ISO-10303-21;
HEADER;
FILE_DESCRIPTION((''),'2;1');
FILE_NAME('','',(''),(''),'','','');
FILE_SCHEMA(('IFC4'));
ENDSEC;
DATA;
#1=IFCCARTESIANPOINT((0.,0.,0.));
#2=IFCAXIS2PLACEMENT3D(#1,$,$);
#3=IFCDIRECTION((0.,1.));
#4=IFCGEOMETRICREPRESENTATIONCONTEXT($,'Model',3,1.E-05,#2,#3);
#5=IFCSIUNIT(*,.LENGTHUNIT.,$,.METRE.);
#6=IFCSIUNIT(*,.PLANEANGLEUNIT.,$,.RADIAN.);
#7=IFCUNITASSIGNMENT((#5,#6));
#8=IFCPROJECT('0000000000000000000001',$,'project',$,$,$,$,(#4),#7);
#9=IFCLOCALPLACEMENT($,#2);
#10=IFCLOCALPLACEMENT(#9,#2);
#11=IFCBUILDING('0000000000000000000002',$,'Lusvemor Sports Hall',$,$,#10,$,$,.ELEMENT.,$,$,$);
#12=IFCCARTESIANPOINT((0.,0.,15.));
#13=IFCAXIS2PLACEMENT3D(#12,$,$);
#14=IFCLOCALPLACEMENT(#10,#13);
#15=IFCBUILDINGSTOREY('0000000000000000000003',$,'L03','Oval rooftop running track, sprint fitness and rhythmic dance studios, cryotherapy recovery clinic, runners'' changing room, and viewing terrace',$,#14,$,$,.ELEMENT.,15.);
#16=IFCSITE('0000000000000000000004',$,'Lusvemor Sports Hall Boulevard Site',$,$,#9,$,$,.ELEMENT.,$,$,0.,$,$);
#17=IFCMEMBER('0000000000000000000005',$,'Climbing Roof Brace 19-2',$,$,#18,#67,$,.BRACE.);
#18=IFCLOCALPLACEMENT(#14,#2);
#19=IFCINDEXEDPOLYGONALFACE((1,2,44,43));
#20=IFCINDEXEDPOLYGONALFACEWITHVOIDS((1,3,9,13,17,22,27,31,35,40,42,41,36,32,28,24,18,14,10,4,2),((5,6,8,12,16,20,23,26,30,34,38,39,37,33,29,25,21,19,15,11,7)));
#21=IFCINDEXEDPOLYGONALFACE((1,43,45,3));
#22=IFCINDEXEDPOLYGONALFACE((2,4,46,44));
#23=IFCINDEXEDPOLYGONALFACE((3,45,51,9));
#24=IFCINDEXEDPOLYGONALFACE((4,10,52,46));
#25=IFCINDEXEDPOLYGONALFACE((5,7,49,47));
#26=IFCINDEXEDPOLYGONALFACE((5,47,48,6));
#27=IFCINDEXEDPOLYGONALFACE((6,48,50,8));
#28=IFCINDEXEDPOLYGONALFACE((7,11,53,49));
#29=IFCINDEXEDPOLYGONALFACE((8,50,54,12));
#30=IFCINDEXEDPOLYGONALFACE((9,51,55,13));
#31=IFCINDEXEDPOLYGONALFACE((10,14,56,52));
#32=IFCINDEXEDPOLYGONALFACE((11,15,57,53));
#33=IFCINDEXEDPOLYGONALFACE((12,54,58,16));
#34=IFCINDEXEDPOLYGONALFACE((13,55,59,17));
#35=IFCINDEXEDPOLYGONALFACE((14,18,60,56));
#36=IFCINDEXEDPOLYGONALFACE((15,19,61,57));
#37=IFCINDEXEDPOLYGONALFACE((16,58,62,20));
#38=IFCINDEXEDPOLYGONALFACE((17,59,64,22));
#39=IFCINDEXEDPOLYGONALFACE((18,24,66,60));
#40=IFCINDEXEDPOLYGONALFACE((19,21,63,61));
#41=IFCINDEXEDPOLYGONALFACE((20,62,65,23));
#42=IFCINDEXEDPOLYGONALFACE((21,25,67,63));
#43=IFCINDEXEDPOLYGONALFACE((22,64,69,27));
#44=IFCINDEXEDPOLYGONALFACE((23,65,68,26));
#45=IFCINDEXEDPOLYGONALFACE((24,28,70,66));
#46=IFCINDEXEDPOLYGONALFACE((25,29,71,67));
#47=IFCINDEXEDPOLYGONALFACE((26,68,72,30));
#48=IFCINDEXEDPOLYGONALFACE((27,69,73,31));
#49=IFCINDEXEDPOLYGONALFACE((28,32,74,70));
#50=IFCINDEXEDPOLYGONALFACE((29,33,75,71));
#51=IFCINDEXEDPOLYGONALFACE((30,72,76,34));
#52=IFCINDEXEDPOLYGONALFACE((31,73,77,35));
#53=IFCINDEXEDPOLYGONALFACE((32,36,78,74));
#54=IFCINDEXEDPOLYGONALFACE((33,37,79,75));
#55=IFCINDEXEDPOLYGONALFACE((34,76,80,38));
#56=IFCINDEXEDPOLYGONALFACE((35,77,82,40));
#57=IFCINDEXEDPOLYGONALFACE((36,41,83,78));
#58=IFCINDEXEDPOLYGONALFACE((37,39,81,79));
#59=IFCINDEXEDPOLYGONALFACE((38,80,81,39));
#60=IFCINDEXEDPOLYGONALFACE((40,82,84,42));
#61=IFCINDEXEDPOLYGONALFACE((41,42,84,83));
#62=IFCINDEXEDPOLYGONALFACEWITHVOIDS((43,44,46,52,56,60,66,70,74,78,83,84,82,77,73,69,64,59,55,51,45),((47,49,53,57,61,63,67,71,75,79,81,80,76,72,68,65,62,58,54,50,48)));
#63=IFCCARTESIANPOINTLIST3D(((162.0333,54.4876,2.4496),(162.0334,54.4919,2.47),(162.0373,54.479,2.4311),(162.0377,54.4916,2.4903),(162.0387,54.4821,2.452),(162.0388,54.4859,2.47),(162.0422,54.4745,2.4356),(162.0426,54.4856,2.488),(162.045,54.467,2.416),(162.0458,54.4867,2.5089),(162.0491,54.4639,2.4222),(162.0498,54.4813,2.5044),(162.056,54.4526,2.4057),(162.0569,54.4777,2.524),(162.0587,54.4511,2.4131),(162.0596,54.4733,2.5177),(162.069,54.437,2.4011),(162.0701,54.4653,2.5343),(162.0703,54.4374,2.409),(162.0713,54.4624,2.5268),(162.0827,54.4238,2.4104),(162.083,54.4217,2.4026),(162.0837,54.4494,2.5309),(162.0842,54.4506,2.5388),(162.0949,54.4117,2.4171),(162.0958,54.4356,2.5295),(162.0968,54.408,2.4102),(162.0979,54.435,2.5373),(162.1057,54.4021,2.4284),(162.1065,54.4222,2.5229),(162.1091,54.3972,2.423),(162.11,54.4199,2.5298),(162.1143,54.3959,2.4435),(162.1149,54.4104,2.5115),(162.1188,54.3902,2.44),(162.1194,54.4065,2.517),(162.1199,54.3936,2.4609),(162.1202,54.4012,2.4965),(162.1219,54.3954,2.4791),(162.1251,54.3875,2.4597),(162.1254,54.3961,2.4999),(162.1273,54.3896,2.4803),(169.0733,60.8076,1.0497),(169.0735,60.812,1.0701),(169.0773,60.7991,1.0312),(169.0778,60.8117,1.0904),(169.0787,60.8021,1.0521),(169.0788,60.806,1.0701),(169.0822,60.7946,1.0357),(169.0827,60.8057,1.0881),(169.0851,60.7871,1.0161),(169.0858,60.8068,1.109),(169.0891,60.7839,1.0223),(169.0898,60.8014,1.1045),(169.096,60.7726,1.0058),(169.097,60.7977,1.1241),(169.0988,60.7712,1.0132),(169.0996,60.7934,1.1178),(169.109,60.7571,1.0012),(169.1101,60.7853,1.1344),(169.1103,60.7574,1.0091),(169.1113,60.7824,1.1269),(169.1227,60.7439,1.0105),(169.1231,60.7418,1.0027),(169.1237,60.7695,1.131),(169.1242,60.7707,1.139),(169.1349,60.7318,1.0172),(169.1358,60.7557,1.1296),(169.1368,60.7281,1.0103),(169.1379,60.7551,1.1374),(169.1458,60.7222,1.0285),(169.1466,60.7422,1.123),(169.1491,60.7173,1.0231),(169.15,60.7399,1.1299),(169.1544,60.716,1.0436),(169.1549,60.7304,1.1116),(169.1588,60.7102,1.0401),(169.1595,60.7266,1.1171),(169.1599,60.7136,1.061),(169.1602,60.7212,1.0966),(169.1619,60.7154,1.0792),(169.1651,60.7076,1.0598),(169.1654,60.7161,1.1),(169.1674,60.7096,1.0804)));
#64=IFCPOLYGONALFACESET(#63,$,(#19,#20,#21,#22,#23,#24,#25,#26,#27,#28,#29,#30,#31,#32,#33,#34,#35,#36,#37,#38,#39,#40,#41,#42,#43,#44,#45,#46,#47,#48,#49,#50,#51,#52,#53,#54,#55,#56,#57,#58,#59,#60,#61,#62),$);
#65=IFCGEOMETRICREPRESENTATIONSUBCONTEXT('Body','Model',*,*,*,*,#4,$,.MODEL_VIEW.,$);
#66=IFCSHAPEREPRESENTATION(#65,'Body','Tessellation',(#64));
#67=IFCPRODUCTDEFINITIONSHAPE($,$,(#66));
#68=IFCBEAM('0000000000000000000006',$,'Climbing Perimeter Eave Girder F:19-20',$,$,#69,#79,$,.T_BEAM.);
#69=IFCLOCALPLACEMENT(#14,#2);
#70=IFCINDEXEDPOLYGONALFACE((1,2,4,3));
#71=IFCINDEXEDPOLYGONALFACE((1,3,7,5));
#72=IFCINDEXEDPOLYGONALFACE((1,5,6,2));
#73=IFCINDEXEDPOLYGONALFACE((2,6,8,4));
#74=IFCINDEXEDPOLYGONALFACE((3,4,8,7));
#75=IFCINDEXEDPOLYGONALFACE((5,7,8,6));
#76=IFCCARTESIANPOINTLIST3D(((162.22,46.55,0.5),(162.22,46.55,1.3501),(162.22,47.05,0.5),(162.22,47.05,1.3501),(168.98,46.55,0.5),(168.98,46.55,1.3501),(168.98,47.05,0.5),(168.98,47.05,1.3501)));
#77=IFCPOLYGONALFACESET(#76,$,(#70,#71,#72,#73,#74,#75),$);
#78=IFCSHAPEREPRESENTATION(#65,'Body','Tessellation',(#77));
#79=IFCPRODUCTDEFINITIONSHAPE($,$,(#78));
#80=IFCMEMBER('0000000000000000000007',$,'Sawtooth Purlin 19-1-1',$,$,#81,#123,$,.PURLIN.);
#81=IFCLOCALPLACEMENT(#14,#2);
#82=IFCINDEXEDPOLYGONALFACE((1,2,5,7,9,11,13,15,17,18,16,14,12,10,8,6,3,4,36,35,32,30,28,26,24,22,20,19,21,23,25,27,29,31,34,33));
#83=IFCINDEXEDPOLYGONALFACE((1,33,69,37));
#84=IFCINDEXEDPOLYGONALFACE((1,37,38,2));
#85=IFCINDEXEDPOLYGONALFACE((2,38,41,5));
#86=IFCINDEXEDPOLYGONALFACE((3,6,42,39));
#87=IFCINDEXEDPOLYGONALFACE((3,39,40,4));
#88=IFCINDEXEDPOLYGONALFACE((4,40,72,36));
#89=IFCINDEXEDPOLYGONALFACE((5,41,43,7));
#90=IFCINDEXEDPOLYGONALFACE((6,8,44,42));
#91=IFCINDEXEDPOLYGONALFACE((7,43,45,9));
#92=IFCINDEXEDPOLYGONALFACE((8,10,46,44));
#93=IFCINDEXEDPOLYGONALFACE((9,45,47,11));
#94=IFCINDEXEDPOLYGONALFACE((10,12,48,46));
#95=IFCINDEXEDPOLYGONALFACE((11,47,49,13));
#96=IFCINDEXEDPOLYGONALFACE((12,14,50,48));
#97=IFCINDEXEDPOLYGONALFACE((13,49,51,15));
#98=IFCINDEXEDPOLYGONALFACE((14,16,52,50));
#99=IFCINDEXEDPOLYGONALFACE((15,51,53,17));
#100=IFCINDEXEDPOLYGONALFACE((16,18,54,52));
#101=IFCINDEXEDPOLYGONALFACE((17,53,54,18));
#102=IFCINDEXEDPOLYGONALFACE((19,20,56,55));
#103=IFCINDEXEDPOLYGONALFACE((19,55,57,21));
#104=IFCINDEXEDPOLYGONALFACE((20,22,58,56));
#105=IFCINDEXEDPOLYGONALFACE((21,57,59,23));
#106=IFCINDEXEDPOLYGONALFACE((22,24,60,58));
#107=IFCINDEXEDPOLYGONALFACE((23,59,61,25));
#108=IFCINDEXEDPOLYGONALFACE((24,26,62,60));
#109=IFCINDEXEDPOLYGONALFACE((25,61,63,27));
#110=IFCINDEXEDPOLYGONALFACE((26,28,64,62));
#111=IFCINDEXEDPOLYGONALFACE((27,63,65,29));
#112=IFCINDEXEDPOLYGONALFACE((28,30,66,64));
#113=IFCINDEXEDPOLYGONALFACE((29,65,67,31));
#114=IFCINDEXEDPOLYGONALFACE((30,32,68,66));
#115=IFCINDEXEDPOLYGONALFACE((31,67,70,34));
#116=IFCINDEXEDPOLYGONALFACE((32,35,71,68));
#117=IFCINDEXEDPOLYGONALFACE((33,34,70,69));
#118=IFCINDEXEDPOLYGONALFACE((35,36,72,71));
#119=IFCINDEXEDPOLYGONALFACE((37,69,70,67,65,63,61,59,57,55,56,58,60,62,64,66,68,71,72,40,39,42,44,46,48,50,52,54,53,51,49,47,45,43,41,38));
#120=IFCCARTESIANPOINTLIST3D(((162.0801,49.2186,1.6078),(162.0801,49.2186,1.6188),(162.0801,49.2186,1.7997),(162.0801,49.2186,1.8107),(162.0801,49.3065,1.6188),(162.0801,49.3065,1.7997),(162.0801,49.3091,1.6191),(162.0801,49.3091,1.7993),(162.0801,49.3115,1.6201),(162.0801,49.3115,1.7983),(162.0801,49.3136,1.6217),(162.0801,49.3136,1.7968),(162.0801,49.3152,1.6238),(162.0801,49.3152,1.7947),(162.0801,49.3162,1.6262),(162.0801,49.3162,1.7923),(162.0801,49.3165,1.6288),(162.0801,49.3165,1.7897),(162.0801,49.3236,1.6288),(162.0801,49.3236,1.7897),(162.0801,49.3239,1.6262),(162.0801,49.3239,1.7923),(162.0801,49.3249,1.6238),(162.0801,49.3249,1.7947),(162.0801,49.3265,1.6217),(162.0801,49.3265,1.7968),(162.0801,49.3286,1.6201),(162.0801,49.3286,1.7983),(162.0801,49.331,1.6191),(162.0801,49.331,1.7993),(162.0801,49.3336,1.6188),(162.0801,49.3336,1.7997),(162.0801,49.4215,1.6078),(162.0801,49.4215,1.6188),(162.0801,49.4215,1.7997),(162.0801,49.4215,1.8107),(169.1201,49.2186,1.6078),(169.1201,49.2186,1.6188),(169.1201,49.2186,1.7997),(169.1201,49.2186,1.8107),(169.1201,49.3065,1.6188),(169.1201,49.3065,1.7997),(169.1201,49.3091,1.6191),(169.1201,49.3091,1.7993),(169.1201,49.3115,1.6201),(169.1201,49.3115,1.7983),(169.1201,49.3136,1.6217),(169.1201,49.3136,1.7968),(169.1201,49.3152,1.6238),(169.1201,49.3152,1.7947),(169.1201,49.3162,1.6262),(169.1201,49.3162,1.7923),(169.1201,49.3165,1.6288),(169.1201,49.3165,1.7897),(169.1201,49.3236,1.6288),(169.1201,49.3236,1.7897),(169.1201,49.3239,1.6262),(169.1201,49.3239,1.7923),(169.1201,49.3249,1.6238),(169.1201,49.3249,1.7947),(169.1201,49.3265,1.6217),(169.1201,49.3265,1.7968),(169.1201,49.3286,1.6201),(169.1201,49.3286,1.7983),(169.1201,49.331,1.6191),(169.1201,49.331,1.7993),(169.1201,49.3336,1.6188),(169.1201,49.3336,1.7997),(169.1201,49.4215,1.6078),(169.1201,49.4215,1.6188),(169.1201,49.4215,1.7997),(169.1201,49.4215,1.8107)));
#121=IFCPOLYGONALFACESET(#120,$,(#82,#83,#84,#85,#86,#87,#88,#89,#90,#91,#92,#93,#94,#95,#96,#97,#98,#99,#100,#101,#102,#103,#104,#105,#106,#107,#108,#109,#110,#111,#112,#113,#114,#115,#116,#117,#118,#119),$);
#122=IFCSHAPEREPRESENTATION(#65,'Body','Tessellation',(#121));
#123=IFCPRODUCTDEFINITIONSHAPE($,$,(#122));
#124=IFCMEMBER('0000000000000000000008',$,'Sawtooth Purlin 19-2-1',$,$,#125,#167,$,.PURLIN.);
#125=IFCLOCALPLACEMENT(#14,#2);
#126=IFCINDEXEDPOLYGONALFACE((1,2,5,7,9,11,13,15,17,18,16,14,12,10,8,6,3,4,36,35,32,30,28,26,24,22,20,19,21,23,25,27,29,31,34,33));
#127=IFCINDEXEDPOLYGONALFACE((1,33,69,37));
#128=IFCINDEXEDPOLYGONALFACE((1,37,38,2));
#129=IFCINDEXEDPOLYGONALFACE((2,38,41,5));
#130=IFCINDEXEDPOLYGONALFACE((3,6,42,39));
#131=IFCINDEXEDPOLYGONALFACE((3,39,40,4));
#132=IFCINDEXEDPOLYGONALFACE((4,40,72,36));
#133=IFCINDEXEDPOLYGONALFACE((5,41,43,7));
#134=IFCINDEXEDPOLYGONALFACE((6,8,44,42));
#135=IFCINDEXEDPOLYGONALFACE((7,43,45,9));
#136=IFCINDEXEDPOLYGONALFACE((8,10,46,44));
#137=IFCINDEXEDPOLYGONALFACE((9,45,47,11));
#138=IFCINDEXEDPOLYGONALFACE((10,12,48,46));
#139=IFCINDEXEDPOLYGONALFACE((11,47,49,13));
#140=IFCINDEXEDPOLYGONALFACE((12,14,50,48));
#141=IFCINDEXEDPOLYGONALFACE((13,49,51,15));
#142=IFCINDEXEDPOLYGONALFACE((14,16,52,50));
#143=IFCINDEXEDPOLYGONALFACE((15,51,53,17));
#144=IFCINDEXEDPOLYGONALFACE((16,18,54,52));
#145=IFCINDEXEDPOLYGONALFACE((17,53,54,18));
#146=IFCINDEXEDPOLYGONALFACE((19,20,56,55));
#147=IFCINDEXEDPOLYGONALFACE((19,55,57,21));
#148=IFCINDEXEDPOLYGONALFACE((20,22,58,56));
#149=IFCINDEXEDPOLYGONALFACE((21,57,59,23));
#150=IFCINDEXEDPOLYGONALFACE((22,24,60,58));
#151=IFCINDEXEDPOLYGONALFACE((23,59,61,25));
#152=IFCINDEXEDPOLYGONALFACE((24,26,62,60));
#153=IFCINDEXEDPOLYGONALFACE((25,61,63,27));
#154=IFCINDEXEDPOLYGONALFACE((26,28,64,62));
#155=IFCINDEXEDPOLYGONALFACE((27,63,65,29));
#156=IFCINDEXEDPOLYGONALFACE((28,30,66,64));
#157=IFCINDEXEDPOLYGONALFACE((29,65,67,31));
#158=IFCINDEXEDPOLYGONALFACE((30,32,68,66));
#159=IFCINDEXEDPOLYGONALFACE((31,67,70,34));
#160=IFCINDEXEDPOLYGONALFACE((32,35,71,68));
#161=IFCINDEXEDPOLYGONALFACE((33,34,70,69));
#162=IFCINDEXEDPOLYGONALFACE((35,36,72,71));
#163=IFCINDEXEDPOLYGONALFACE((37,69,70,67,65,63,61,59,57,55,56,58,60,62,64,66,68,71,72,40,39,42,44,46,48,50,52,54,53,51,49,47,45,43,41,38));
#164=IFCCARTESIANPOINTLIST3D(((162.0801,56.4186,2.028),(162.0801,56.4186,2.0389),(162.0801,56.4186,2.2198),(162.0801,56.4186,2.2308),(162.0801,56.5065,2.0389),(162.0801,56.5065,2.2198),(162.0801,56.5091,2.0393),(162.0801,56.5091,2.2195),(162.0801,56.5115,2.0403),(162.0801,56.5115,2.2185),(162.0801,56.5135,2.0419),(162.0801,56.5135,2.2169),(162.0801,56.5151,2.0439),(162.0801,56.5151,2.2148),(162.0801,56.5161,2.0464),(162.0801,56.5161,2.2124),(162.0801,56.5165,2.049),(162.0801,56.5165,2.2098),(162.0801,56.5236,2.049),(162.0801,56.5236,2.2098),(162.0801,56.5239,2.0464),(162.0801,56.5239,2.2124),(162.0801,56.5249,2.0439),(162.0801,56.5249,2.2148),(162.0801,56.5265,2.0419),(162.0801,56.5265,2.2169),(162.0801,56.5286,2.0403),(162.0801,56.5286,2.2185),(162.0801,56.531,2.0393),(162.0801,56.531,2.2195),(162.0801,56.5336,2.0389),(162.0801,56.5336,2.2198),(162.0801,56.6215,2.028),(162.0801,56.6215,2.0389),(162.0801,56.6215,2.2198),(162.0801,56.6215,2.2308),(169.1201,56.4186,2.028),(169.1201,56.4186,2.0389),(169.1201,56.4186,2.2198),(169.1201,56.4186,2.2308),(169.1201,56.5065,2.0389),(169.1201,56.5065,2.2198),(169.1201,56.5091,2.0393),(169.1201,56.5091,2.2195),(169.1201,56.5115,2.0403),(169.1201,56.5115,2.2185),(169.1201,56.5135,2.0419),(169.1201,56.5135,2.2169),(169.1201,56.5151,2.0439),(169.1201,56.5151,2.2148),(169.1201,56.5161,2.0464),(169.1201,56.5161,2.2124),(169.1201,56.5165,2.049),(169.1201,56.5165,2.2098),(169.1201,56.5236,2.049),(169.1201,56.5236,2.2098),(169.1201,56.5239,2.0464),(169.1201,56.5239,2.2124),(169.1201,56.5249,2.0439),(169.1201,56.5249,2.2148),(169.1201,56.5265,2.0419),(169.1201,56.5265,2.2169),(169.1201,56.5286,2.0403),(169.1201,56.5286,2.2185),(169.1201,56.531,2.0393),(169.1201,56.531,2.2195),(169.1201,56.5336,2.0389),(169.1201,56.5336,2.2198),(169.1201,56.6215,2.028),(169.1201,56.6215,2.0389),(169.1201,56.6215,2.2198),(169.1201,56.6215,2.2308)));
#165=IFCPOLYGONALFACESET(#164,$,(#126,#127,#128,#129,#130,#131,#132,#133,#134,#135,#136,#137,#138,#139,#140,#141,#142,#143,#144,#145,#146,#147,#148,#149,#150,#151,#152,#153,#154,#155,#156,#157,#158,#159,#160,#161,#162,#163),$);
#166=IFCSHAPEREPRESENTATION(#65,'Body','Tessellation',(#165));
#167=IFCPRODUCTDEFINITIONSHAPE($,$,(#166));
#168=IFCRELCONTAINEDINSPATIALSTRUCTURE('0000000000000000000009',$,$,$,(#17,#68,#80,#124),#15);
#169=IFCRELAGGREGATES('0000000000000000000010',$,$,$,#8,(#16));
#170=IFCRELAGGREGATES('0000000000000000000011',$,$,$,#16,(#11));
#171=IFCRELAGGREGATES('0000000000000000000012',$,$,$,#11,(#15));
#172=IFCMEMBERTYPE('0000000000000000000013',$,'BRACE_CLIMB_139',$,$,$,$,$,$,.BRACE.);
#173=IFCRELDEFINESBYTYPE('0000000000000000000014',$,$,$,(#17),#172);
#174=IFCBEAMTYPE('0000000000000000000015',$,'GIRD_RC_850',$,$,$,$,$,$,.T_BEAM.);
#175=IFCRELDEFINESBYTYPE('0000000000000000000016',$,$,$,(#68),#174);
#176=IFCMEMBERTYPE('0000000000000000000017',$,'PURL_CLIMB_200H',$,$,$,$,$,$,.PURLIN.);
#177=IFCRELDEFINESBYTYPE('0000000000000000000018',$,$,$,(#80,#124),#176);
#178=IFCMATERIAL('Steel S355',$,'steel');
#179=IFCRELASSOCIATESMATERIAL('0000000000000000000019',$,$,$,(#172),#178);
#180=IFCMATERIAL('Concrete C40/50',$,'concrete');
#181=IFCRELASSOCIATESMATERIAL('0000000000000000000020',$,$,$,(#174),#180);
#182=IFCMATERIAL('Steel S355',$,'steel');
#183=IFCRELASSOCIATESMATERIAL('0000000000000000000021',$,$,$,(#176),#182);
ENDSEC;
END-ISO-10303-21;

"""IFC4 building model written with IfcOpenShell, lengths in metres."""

from ifc_helpers import new_model, si_unit, direction, frame, origin, origin_2d, place, context, subcontext, project, spatial, rectangle, hollow_circle, i_section, extrude, material, material_profile, profile_set, type_object, element, save


model = new_model("IFC4")

# Units and contexts
model_context = context("Model", 3, precision=1e-05, world=origin(), true_north=direction((0.0, 1.0)))
body_context = subcontext(model_context, "Body", "Model", "MODEL_VIEW")
ifc_project = project(units=[si_unit("LENGTHUNIT", "METRE"), si_unit("PLANEANGLEUNIT", "RADIAN")], contexts=[model_context])

# Site, building, storey
site_placement = place(None, origin())
site = spatial("IfcSite", under=ifc_project, at=site_placement, Name="Lusvemor Sports Hall Boulevard Site", CompositionType="ELEMENT", RefElevation=0.0)
building_placement = place(site_placement, origin())
building = spatial("IfcBuilding", under=site, at=building_placement, Name="Lusvemor Sports Hall", CompositionType="ELEMENT")
storey_placement = place(building_placement, frame((0.0, 0.0, 15.0)))
storey = spatial("IfcBuildingStorey", under=building, at=storey_placement, Name="L03", Description="Oval rooftop running track, sprint fitness and rhythmic dance studios, cryotherapy recovery clinic, runners' changing room, and viewing terrace", CompositionType="ELEMENT", Elevation=15.0)

# Member
ifc_material_1 = material(Name="Steel S355", Category="steel")
ifc_material_profile_1 = material_profile(ifc_material_1, hollow_circle(Radius=0.0698, WallThickness=0.0081, at=origin_2d()), Name="CHS139.7x8.0")
ifc_profile_set_1 = profile_set([ifc_material_profile_1], Name="Steel S355")
member_type_1 = type_object("IfcMemberType", Name="BRACE_CLIMB_139", PredefinedType="BRACE", material=ifc_profile_set_1)
for number, where, z_axis, x_axis, name in (
    (1, (162.0801, 54.4399, 2.47), (0.736118, 0.660836, -0.146376), (-0.668032, 0.744133, 0.0), "Climbing Roof Brace 19-2"),
):
    element("IfcMember", number, at=place(storey_placement, frame(where, z_axis=z_axis, x_axis=x_axis)), inside=storey, type_object=member_type_1, Name=name, PredefinedType="BRACE", context=body_context, shape_type="SweptSolid", body=[
        extrude(hollow_circle(Radius=0.0698, WallThickness=0.0081, at=origin_2d()), origin(), (0.0, 0.0, 1.0), 9.5637),
    ])

# Beam
ifc_material_2 = material(Name="Concrete C40/50", Category="concrete")
ifc_material_profile_2 = material_profile(ifc_material_2, rectangle(XDim=0.5, YDim=0.8501, at=origin_2d()), Name="RC500x850")
ifc_profile_set_2 = profile_set([ifc_material_profile_2], Name="Concrete C40/50")
beam_type_1 = type_object("IfcBeamType", Name="GIRD_RC_850", PredefinedType="T_BEAM", material=ifc_profile_set_2)
beam_1_placement = place(storey_placement, frame((162.22, 46.8, 0.925), z_axis=(1.0, 0.0, 0.0), x_axis=(0.0, 1.0, 0.0)))
element("IfcBeam", 2, at=beam_1_placement, inside=storey, type_object=beam_type_1, Name="Climbing Perimeter Eave Girder F:19-20", PredefinedType="T_BEAM", context=body_context, shape_type="SweptSolid", body=[
    extrude(rectangle(XDim=0.5, YDim=0.8501, at=origin_2d()), origin(), (0.0, 0.0, 1.0), 6.76),
])

# Members
ifc_material_3 = material(Name="Steel S355", Category="steel")
ifc_material_profile_3 = material_profile(ifc_material_3, i_section(OverallWidth=0.2029, OverallDepth=0.2029, WebThickness=0.0071, FlangeThickness=0.011, FilletRadius=0.01, at=origin_2d()), Name="W200x46.1")
ifc_profile_set_3 = profile_set([ifc_material_profile_3], Name="Steel S355")
member_type_2 = type_object("IfcMemberType", Name="PURL_CLIMB_200H", PredefinedType="PURLIN", material=ifc_profile_set_3)
for number, where, z_axis, x_axis, name in (
    (3, (162.0801, 49.3201, 1.7092), (1.0, 0.0, 0.0), (0.0, 1.0, 0.0), "Sawtooth Purlin 19-1-1"),
    (4, (162.0801, 56.52, 2.1294), (1.0, 0.0, 0.0), (0.0, 1.0, 0.0), "Sawtooth Purlin 19-2-1"),
):
    element("IfcMember", number, at=place(storey_placement, frame(where, z_axis=z_axis, x_axis=x_axis)), inside=storey, type_object=member_type_2, Name=name, PredefinedType="PURLIN", context=body_context, shape_type="SweptSolid", body=[
        extrude(i_section(OverallWidth=0.2029, OverallDepth=0.2029, WebThickness=0.0071, FlangeThickness=0.011, FilletRadius=0.01, at=origin_2d()), origin(), (0.0, 0.0, 1.0), 7.04),
    ])

save(model, "model.ifc")
